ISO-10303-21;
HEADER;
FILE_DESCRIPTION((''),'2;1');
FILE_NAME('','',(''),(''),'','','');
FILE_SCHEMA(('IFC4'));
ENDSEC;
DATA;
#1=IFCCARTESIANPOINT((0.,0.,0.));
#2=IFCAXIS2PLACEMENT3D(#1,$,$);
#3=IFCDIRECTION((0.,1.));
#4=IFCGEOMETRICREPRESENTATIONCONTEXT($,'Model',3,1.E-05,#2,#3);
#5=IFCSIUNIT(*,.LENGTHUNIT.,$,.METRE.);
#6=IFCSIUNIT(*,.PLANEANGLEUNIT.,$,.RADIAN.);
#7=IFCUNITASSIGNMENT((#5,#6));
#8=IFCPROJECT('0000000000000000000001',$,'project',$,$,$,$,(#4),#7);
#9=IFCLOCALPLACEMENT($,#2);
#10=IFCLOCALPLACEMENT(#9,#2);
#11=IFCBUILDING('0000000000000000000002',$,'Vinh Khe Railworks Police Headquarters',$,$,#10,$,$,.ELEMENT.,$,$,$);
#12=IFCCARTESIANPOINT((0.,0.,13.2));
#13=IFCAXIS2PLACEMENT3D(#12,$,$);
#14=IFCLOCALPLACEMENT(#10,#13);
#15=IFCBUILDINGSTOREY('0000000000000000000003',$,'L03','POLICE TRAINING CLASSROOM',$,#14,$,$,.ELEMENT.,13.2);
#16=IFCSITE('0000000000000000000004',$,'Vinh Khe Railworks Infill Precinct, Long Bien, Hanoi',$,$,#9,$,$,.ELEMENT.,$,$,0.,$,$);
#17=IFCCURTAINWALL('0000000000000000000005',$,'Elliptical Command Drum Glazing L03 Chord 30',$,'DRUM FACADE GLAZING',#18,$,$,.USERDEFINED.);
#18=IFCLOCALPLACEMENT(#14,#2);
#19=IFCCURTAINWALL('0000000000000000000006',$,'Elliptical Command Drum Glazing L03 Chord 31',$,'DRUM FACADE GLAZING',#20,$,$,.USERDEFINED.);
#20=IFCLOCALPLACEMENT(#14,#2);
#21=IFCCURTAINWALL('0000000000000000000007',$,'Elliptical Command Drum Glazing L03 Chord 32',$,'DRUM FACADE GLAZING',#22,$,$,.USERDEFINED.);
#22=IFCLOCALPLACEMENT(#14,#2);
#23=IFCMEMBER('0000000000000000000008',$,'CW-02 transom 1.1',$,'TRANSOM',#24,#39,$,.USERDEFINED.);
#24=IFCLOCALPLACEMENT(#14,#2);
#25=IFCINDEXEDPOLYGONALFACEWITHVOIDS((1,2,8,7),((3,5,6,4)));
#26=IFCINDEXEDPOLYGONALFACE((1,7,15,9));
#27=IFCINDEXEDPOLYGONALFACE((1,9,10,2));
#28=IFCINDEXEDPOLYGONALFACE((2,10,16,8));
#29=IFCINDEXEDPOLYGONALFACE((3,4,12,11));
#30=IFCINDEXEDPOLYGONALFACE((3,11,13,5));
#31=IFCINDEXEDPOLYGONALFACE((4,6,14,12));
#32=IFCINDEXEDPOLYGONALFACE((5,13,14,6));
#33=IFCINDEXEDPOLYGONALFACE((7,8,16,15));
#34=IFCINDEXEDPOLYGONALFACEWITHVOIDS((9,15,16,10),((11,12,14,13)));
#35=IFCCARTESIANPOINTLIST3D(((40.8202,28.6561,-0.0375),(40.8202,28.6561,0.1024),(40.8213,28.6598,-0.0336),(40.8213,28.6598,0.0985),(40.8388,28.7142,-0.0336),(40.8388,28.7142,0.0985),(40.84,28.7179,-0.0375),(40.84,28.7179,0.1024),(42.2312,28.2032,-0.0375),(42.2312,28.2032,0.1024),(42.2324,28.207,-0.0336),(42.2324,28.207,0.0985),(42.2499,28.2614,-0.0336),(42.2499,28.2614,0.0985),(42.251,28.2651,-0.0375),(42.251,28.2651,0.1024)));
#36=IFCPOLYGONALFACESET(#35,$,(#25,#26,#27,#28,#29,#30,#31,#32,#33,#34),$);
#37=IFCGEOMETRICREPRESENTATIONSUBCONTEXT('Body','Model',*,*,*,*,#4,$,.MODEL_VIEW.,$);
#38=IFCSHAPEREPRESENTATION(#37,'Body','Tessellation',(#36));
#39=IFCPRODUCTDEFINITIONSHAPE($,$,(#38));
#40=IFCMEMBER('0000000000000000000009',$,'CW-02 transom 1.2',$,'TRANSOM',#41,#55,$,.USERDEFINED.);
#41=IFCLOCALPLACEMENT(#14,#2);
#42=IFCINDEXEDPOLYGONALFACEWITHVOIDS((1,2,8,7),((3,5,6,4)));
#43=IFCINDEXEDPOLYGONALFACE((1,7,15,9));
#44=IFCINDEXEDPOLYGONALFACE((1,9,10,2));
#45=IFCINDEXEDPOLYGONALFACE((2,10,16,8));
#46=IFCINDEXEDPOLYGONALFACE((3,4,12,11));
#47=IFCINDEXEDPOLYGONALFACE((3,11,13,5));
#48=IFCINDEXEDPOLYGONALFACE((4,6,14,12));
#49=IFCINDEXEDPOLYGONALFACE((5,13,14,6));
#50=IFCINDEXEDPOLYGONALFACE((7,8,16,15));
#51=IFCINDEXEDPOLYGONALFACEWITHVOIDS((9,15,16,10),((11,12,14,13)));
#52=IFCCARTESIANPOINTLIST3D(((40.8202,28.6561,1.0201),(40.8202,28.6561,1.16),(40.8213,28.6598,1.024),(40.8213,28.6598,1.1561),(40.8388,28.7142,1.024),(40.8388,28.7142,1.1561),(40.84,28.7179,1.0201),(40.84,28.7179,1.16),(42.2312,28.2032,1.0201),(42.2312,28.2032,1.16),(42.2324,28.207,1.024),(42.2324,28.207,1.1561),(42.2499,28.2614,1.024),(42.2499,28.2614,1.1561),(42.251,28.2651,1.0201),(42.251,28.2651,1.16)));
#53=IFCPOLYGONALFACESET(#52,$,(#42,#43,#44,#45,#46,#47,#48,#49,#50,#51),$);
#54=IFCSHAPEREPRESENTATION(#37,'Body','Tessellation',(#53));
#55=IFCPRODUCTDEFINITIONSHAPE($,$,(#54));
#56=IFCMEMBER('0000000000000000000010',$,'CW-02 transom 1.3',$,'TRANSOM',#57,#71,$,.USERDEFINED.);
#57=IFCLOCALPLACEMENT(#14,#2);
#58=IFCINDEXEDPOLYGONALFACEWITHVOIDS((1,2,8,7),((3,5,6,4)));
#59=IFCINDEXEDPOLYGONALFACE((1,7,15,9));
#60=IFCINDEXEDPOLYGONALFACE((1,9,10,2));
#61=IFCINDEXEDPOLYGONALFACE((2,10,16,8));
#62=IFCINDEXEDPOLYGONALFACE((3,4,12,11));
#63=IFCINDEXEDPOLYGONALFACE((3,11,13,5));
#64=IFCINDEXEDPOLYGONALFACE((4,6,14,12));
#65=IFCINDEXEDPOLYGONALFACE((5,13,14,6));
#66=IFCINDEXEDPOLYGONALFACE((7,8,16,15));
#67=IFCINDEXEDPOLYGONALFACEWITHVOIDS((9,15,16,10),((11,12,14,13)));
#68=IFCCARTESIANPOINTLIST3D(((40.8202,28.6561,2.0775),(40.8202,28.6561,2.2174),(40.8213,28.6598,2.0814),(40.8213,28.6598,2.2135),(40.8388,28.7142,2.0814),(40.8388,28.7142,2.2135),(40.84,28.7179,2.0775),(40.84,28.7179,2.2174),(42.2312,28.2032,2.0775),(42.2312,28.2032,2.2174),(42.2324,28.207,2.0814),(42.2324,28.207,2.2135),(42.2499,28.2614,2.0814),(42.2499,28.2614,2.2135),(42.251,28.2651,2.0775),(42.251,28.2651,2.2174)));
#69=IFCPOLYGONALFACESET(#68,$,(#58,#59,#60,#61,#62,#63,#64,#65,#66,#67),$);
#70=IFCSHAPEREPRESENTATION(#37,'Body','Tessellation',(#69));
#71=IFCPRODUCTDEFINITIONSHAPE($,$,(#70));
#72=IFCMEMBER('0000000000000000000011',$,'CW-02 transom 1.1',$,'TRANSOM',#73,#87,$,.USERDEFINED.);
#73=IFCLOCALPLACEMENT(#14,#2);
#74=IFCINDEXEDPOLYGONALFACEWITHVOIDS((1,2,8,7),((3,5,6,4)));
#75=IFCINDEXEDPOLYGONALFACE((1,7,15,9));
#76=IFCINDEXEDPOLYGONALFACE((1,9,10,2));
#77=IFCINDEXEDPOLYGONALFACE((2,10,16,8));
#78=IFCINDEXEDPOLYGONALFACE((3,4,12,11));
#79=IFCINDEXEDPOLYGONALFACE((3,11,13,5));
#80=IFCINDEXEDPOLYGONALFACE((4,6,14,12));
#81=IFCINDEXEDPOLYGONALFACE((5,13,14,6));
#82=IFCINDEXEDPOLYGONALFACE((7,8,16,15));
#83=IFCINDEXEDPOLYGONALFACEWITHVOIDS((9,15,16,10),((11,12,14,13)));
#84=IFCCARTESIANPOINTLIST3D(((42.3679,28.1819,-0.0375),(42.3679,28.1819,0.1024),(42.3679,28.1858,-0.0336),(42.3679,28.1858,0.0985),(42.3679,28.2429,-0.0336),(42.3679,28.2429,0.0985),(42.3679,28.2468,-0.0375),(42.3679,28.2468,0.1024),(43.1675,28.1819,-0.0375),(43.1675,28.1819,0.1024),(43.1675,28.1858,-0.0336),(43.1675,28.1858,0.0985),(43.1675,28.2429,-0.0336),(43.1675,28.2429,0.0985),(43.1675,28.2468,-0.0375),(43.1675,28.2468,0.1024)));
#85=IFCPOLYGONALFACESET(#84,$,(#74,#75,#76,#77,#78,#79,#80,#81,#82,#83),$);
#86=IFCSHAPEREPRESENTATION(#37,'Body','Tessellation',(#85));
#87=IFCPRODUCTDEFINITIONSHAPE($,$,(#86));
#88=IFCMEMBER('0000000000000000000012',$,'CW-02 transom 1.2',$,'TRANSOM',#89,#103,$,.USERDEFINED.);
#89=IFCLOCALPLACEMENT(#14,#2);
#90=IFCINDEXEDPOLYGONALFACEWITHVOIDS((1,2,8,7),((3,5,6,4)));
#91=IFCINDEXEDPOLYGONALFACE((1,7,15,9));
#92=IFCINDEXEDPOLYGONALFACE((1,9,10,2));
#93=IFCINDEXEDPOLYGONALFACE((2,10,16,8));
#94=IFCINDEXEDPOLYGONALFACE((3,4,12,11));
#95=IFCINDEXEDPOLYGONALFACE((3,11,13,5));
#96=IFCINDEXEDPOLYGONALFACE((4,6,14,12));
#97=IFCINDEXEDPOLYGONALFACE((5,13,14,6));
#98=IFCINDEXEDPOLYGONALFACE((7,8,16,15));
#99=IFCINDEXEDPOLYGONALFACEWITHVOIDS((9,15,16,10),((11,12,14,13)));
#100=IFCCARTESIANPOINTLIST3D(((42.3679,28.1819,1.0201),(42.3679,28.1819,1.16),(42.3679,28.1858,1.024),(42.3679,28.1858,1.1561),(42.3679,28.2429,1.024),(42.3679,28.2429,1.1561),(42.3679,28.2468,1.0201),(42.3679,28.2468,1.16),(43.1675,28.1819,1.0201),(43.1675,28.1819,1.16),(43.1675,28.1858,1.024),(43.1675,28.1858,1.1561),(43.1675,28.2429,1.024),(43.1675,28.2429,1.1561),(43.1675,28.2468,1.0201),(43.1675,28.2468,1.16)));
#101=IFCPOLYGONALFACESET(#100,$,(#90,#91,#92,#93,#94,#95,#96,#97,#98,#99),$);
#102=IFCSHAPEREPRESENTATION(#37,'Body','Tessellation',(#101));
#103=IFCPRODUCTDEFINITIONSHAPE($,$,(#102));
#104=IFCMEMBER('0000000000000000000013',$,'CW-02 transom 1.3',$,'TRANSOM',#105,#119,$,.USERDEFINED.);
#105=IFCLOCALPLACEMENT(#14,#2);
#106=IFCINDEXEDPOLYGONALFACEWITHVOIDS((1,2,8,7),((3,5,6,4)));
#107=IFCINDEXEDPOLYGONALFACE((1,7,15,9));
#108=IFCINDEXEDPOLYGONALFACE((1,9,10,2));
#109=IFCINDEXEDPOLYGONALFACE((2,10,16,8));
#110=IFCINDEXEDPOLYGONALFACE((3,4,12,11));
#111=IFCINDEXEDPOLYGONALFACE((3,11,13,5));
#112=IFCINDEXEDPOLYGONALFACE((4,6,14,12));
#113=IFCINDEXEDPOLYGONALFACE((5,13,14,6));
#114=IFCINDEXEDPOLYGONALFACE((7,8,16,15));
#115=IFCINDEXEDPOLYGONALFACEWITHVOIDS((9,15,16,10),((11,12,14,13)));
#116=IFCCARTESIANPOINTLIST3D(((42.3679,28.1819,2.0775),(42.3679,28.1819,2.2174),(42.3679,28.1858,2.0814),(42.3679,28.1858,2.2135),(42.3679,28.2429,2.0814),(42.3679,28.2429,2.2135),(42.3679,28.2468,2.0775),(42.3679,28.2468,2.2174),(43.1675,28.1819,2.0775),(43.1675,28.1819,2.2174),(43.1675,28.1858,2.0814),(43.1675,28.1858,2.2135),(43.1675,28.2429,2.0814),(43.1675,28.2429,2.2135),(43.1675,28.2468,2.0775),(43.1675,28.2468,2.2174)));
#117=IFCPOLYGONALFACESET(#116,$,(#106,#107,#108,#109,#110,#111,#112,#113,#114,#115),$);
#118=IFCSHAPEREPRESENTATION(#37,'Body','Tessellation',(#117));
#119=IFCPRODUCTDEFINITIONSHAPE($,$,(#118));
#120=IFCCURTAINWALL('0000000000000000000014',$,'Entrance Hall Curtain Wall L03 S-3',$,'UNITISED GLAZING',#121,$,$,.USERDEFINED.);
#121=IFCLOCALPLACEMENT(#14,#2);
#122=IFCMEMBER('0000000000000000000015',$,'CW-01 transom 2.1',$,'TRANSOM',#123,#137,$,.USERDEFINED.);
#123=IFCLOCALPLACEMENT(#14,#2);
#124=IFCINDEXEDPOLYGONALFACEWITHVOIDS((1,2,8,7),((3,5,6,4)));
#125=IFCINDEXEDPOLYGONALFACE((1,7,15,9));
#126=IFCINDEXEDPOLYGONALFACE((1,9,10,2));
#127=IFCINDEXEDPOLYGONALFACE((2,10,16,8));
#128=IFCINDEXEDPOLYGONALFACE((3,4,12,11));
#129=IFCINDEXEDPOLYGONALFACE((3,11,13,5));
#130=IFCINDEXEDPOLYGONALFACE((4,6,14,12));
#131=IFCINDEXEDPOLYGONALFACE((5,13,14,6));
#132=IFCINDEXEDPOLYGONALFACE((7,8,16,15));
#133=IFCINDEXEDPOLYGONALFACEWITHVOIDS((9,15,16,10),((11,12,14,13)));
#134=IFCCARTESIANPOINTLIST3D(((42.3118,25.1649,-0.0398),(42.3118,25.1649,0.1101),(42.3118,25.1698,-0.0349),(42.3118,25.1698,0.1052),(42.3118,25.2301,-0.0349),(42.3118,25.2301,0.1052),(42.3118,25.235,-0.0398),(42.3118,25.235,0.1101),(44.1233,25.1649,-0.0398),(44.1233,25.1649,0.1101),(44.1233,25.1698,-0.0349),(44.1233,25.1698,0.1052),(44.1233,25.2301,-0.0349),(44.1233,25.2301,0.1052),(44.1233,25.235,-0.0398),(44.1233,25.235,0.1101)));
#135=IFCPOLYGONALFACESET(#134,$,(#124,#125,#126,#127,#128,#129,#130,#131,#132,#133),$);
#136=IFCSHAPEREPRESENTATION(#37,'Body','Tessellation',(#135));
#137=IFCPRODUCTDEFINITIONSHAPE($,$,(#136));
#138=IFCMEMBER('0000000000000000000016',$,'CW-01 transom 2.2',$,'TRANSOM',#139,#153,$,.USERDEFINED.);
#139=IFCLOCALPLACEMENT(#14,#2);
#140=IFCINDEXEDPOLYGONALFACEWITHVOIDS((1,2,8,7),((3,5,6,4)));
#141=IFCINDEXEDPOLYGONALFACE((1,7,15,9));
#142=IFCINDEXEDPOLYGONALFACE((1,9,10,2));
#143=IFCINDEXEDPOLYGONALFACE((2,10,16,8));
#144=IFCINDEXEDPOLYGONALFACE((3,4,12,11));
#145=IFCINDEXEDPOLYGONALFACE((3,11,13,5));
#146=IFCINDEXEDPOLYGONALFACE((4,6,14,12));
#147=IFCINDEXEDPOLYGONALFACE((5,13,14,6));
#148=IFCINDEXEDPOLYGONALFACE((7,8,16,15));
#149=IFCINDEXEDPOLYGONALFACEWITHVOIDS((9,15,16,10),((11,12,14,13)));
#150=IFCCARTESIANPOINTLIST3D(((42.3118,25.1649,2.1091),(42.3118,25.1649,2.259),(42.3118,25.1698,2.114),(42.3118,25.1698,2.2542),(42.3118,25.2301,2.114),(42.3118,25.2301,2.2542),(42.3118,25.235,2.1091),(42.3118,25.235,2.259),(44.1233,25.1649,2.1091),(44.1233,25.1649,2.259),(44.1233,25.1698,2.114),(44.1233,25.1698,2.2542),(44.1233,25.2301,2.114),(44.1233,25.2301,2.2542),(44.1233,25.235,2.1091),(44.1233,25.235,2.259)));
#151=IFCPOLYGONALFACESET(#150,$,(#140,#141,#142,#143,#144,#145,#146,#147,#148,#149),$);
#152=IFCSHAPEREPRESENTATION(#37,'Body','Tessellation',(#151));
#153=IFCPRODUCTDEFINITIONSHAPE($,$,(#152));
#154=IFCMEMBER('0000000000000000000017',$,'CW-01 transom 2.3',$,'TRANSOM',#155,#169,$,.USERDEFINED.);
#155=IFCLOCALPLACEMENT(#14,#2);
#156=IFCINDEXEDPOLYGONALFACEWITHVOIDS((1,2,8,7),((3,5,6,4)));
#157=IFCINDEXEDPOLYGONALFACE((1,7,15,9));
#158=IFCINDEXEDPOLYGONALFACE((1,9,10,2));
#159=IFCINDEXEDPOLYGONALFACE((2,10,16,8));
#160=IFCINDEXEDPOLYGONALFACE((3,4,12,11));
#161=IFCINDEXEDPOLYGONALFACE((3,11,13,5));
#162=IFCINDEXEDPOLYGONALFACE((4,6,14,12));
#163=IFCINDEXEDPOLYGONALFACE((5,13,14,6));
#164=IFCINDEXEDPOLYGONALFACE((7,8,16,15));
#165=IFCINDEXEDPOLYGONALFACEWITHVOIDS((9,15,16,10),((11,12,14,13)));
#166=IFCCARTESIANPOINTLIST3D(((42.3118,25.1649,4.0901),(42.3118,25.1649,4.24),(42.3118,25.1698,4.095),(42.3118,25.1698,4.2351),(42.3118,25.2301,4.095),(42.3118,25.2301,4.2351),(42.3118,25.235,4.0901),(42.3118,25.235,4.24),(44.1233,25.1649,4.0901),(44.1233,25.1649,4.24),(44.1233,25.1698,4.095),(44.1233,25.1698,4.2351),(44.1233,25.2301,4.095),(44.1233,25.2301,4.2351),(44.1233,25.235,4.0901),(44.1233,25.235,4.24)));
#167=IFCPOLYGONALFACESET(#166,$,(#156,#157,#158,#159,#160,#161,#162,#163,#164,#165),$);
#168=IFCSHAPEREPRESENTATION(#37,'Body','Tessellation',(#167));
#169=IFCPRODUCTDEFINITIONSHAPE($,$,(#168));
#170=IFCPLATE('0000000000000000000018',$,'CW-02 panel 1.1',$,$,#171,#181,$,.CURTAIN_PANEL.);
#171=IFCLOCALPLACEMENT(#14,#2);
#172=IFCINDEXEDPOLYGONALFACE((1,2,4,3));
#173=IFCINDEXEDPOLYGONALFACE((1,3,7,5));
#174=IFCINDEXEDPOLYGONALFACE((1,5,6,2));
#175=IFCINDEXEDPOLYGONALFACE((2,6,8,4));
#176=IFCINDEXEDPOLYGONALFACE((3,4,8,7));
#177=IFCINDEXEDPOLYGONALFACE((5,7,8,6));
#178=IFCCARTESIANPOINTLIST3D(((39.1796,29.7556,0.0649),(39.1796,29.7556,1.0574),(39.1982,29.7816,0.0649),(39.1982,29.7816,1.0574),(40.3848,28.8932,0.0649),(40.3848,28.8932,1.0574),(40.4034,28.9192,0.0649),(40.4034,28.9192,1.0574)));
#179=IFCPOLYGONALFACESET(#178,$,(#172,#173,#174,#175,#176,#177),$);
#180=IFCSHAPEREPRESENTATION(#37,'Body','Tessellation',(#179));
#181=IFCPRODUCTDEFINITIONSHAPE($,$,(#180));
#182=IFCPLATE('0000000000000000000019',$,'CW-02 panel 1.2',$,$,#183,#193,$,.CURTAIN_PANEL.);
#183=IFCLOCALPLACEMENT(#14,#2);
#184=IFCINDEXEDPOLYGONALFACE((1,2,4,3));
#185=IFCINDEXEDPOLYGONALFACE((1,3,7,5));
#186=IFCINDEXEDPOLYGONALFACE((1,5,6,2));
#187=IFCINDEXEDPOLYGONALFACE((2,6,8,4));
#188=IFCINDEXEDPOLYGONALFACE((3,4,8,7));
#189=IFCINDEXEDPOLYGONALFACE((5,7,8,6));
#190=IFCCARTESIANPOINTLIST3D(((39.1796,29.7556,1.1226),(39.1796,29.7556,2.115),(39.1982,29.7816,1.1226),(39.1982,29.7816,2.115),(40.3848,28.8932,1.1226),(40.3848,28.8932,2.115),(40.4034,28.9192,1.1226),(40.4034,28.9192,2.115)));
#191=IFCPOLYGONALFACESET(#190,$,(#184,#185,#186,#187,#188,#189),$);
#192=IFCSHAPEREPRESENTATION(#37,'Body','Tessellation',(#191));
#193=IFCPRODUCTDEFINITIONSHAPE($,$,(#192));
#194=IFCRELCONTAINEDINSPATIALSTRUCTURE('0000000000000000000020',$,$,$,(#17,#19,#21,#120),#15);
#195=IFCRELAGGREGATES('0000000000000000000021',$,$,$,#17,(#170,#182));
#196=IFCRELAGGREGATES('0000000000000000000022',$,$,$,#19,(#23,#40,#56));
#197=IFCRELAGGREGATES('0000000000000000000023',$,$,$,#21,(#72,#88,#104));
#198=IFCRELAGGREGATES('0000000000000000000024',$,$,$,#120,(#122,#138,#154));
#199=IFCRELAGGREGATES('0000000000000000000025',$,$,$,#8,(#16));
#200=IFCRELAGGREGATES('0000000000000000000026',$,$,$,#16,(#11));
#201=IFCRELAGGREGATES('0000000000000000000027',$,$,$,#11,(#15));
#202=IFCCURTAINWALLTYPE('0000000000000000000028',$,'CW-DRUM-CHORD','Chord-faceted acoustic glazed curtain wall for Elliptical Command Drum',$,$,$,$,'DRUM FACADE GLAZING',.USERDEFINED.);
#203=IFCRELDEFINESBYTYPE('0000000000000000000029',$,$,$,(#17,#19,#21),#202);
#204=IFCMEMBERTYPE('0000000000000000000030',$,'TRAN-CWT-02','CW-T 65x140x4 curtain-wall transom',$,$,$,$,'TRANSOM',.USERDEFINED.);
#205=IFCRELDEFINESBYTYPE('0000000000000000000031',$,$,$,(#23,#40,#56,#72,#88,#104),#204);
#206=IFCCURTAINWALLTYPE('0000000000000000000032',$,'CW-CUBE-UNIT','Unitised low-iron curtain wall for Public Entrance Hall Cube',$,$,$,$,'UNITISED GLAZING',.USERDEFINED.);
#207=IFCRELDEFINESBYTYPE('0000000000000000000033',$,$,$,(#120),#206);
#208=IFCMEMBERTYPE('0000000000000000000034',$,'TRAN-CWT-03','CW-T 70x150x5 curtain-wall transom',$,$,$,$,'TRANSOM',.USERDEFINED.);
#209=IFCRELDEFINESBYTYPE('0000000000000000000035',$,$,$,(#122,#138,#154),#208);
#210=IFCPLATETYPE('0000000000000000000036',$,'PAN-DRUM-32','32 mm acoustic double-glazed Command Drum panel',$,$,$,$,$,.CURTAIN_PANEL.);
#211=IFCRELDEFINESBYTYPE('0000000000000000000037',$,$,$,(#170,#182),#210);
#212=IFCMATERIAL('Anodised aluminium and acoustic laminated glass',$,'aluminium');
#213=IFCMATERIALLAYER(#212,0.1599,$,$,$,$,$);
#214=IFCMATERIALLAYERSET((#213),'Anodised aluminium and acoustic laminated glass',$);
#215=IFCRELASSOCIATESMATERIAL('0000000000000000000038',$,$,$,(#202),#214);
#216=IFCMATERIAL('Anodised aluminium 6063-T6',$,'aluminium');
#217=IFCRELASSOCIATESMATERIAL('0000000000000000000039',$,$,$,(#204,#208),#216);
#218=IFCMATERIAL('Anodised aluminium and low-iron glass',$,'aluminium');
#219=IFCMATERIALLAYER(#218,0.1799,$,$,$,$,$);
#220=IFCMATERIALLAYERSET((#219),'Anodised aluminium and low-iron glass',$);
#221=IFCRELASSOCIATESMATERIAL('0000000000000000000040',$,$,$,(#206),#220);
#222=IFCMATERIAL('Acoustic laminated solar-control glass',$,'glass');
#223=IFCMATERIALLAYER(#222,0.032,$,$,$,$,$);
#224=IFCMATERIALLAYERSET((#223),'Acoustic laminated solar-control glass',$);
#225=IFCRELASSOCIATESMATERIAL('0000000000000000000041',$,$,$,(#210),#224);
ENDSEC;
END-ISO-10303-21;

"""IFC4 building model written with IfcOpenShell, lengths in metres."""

from ifc_helpers import new_model, si_unit, direction, frame, origin, origin_2d, place, context, subcontext, project, spatial, rectangle, hollow_rectangle, extrude, material, layer, layer_set, material_profile, profile_set, type_object, element, aggregate, save


model = new_model("IFC4")

# Units and contexts
model_context = context("Model", 3, precision=1e-05, world=origin(), true_north=direction((0.0, 1.0)))
body_context = subcontext(model_context, "Body", "Model", "MODEL_VIEW")
ifc_project = project(units=[si_unit("LENGTHUNIT", "METRE"), si_unit("PLANEANGLEUNIT", "RADIAN")], contexts=[model_context])

# Site, building, storey
site_placement = place(None, origin())
site = spatial("IfcSite", under=ifc_project, at=site_placement, Name="Vinh Khe Railworks Infill Precinct, Long Bien, Hanoi", CompositionType="ELEMENT", RefElevation=0.0)
building_placement = place(site_placement, origin())
building = spatial("IfcBuilding", under=site, at=building_placement, Name="Vinh Khe Railworks Police Headquarters", CompositionType="ELEMENT")
storey_placement = place(building_placement, frame((0.0, 0.0, 13.2)))
storey = spatial("IfcBuildingStorey", under=building, at=storey_placement, Name="L03", Description="POLICE TRAINING CLASSROOM", CompositionType="ELEMENT", Elevation=13.2)

# Shared definitions
ifc_material_1 = material(Name="Anodised aluminium and acoustic laminated glass", Category="aluminium")
ifc_layer_1 = layer(ifc_material_1, 0.1599)
ifc_layer_set_1 = layer_set([ifc_layer_1], Name="Anodised aluminium and acoustic laminated glass")
curtain_wall_type_1 = type_object("IfcCurtainWallType", Name="CW-DRUM-CHORD", Description="Chord-faceted acoustic glazed curtain wall for Elliptical Command Drum", ElementType="DRUM FACADE GLAZING", PredefinedType="USERDEFINED", material=ifc_layer_set_1)
ifc_material_2 = material(Name="Anodised aluminium 6063-T6", Category="aluminium")

# Curtain walls
curtain_wall_1_placement = place(storey_placement, origin())
curtain_wall_1 = element("IfcCurtainWall", 1, at=curtain_wall_1_placement, inside=storey, type_object=curtain_wall_type_1, Name="Elliptical Command Drum Glazing L03 Chord 30", ObjectType="DRUM FACADE GLAZING", PredefinedType="USERDEFINED")
curtain_wall_2_placement = place(storey_placement, origin())
curtain_wall_2 = element("IfcCurtainWall", 2, at=curtain_wall_2_placement, inside=storey, type_object=curtain_wall_type_1, Name="Elliptical Command Drum Glazing L03 Chord 31", ObjectType="DRUM FACADE GLAZING", PredefinedType="USERDEFINED")
curtain_wall_3_placement = place(storey_placement, origin())
curtain_wall_3 = element("IfcCurtainWall", 3, at=curtain_wall_3_placement, inside=storey, type_object=curtain_wall_type_1, Name="Elliptical Command Drum Glazing L03 Chord 32", ObjectType="DRUM FACADE GLAZING", PredefinedType="USERDEFINED")

# Members
ifc_material_profile_1 = material_profile(ifc_material_2, hollow_rectangle(XDim=0.0649, YDim=0.1399, WallThickness=0.0039, at=origin_2d()), Name="CW-T 65x140x4")
ifc_profile_set_1 = profile_set([ifc_material_profile_1], Name="Anodised aluminium 6063-T6")
member_type_1 = type_object("IfcMemberType", Name="TRAN-CWT-02", Description="CW-T 65x140x4 curtain-wall transom", ElementType="TRANSOM", PredefinedType="USERDEFINED", material=ifc_profile_set_1)
member_1_placement = place(storey_placement, frame((40.8301, 28.687, 0.0325), z_axis=(0.952166, -0.305583, 0.0), x_axis=(0.305583, 0.952166, 0.0)))
member_1 = element("IfcMember", 4, at=member_1_placement, type_object=member_type_1, Name="CW-02 transom 1.1", ObjectType="TRANSOM", PredefinedType="USERDEFINED", context=body_context, shape_type="SweptSolid", body=[
    extrude(hollow_rectangle(XDim=0.0649, YDim=0.1399, WallThickness=0.0039, at=origin_2d()), origin(), (0.0, 0.0, 1.0), 1.4819),
])
member_2_placement = place(storey_placement, frame((40.8301, 28.687, 1.0901), z_axis=(0.952166, -0.305583, 0.0), x_axis=(0.305583, 0.952166, 0.0)))
member_2 = element("IfcMember", 5, at=member_2_placement, type_object=member_type_1, Name="CW-02 transom 1.2", ObjectType="TRANSOM", PredefinedType="USERDEFINED", context=body_context, shape_type="SweptSolid", body=[
    extrude(hollow_rectangle(XDim=0.0649, YDim=0.1399, WallThickness=0.0039, at=origin_2d()), origin(), (0.0, 0.0, 1.0), 1.4819),
])
member_3_placement = place(storey_placement, frame((40.8301, 28.687, 2.1475), z_axis=(0.952166, -0.305583, 0.0), x_axis=(0.305583, 0.952166, 0.0)))
member_3 = element("IfcMember", 6, at=member_3_placement, type_object=member_type_1, Name="CW-02 transom 1.3", ObjectType="TRANSOM", PredefinedType="USERDEFINED", context=body_context, shape_type="SweptSolid", body=[
    extrude(hollow_rectangle(XDim=0.0649, YDim=0.1399, WallThickness=0.0039, at=origin_2d()), origin(), (0.0, 0.0, 1.0), 1.4819),
])
member_4_placement = place(storey_placement, frame((42.3679, 28.2144, 0.0325), z_axis=(1.0, 0.0, 0.0), x_axis=(0.0, 1.0, 0.0)))
member_4 = element("IfcMember", 7, at=member_4_placement, type_object=member_type_1, Name="CW-02 transom 1.1", ObjectType="TRANSOM", PredefinedType="USERDEFINED", context=body_context, shape_type="SweptSolid", body=[
    extrude(hollow_rectangle(XDim=0.0649, YDim=0.1399, WallThickness=0.0039, at=origin_2d()), origin(), (0.0, 0.0, 1.0), 0.7996),
])
member_5_placement = place(storey_placement, frame((42.3679, 28.2144, 1.0901), z_axis=(1.0, 0.0, 0.0), x_axis=(0.0, 1.0, 0.0)))
member_5 = element("IfcMember", 8, at=member_5_placement, type_object=member_type_1, Name="CW-02 transom 1.2", ObjectType="TRANSOM", PredefinedType="USERDEFINED", context=body_context, shape_type="SweptSolid", body=[
    extrude(hollow_rectangle(XDim=0.0649, YDim=0.1399, WallThickness=0.0039, at=origin_2d()), origin(), (0.0, 0.0, 1.0), 0.7996),
])
member_6_placement = place(storey_placement, frame((42.3679, 28.2144, 2.1475), z_axis=(1.0, 0.0, 0.0), x_axis=(0.0, 1.0, 0.0)))
member_6 = element("IfcMember", 9, at=member_6_placement, type_object=member_type_1, Name="CW-02 transom 1.3", ObjectType="TRANSOM", PredefinedType="USERDEFINED", context=body_context, shape_type="SweptSolid", body=[
    extrude(hollow_rectangle(XDim=0.0649, YDim=0.1399, WallThickness=0.0039, at=origin_2d()), origin(), (0.0, 0.0, 1.0), 0.7996),
])

# Curtain wall, members
ifc_material_3 = material(Name="Anodised aluminium and low-iron glass", Category="aluminium")
ifc_layer_2 = layer(ifc_material_3, 0.1799)
ifc_layer_set_2 = layer_set([ifc_layer_2], Name="Anodised aluminium and low-iron glass")
curtain_wall_type_2 = type_object("IfcCurtainWallType", Name="CW-CUBE-UNIT", Description="Unitised low-iron curtain wall for Public Entrance Hall Cube", ElementType="UNITISED GLAZING", PredefinedType="USERDEFINED", material=ifc_layer_set_2)
curtain_wall_4_placement = place(storey_placement, origin())
curtain_wall_4 = element("IfcCurtainWall", 10, at=curtain_wall_4_placement, inside=storey, type_object=curtain_wall_type_2, Name="Entrance Hall Curtain Wall L03 S-3", ObjectType="UNITISED GLAZING", PredefinedType="USERDEFINED")
ifc_material_profile_2 = material_profile(ifc_material_2, hollow_rectangle(XDim=0.0701, YDim=0.1499, WallThickness=0.0049, at=origin_2d()), Name="CW-T 70x150x5")
ifc_profile_set_2 = profile_set([ifc_material_profile_2], Name="Anodised aluminium 6063-T6")
member_type_2 = type_object("IfcMemberType", Name="TRAN-CWT-03", Description="CW-T 70x150x5 curtain-wall transom", ElementType="TRANSOM", PredefinedType="USERDEFINED", material=ifc_profile_set_2)
member_7_placement = place(storey_placement, frame((42.3118, 25.2, 0.0352), z_axis=(1.0, 0.0, 0.0), x_axis=(0.0, 1.0, 0.0)))
member_7 = element("IfcMember", 11, at=member_7_placement, type_object=member_type_2, Name="CW-01 transom 2.1", ObjectType="TRANSOM", PredefinedType="USERDEFINED", context=body_context, shape_type="SweptSolid", body=[
    extrude(hollow_rectangle(XDim=0.0701, YDim=0.1499, WallThickness=0.0049, at=origin_2d()), origin(), (0.0, 0.0, 1.0), 1.8115),
])
member_8_placement = place(storey_placement, frame((42.3118, 25.2, 2.1841), z_axis=(1.0, 0.0, 0.0), x_axis=(0.0, 1.0, 0.0)))
member_8 = element("IfcMember", 12, at=member_8_placement, type_object=member_type_2, Name="CW-01 transom 2.2", ObjectType="TRANSOM", PredefinedType="USERDEFINED", context=body_context, shape_type="SweptSolid", body=[
    extrude(hollow_rectangle(XDim=0.0701, YDim=0.1499, WallThickness=0.0049, at=origin_2d()), origin(), (0.0, 0.0, 1.0), 1.8115),
])
member_9_placement = place(storey_placement, frame((42.3118, 25.2, 4.165), z_axis=(1.0, 0.0, 0.0), x_axis=(0.0, 1.0, 0.0)))
member_9 = element("IfcMember", 13, at=member_9_placement, type_object=member_type_2, Name="CW-01 transom 2.3", ObjectType="TRANSOM", PredefinedType="USERDEFINED", context=body_context, shape_type="SweptSolid", body=[
    extrude(hollow_rectangle(XDim=0.0701, YDim=0.1499, WallThickness=0.0049, at=origin_2d()), origin(), (0.0, 0.0, 1.0), 1.8115),
])

# Plates
ifc_material_4 = material(Name="Acoustic laminated solar-control glass", Category="glass")
ifc_layer_3 = layer(ifc_material_4, 0.032)
ifc_layer_set_3 = layer_set([ifc_layer_3], Name="Acoustic laminated solar-control glass")
plate_type_1 = type_object("IfcPlateType", Name="PAN-DRUM-32", Description="32 mm acoustic double-glazed Command Drum panel", PredefinedType="CURTAIN_PANEL", material=ifc_layer_set_3)
plate_1_placement = place(storey_placement, frame((39.7915, 29.3374, 0.0649), z_axis=(0.0, 0.0, 1.0), x_axis=(0.81325, -0.581914, 0.0)))
plate_1 = element("IfcPlate", 14, at=plate_1_placement, type_object=plate_type_1, Name="CW-02 panel 1.1", PredefinedType="CURTAIN_PANEL", context=body_context, shape_type="SweptSolid", body=[
    extrude(rectangle(XDim=1.4819, YDim=0.032, at=origin_2d()), origin(), (0.0, 0.0, 1.0), 0.9924),
])
plate_2_placement = place(storey_placement, frame((39.7915, 29.3374, 1.1226), z_axis=(0.0, 0.0, 1.0), x_axis=(0.81325, -0.581914, 0.0)))
plate_2 = element("IfcPlate", 15, at=plate_2_placement, type_object=plate_type_1, Name="CW-02 panel 1.2", PredefinedType="CURTAIN_PANEL", context=body_context, shape_type="SweptSolid", body=[
    extrude(rectangle(XDim=1.4819, YDim=0.032, at=origin_2d()), origin(), (0.0, 0.0, 1.0), 0.9924),
])
aggregate(curtain_wall_1, [plate_1, plate_2])
aggregate(curtain_wall_2, [member_1, member_2, member_3])
aggregate(curtain_wall_3, [member_4, member_5, member_6])
aggregate(curtain_wall_4, [member_7, member_8, member_9])

save(model, "model.ifc")
